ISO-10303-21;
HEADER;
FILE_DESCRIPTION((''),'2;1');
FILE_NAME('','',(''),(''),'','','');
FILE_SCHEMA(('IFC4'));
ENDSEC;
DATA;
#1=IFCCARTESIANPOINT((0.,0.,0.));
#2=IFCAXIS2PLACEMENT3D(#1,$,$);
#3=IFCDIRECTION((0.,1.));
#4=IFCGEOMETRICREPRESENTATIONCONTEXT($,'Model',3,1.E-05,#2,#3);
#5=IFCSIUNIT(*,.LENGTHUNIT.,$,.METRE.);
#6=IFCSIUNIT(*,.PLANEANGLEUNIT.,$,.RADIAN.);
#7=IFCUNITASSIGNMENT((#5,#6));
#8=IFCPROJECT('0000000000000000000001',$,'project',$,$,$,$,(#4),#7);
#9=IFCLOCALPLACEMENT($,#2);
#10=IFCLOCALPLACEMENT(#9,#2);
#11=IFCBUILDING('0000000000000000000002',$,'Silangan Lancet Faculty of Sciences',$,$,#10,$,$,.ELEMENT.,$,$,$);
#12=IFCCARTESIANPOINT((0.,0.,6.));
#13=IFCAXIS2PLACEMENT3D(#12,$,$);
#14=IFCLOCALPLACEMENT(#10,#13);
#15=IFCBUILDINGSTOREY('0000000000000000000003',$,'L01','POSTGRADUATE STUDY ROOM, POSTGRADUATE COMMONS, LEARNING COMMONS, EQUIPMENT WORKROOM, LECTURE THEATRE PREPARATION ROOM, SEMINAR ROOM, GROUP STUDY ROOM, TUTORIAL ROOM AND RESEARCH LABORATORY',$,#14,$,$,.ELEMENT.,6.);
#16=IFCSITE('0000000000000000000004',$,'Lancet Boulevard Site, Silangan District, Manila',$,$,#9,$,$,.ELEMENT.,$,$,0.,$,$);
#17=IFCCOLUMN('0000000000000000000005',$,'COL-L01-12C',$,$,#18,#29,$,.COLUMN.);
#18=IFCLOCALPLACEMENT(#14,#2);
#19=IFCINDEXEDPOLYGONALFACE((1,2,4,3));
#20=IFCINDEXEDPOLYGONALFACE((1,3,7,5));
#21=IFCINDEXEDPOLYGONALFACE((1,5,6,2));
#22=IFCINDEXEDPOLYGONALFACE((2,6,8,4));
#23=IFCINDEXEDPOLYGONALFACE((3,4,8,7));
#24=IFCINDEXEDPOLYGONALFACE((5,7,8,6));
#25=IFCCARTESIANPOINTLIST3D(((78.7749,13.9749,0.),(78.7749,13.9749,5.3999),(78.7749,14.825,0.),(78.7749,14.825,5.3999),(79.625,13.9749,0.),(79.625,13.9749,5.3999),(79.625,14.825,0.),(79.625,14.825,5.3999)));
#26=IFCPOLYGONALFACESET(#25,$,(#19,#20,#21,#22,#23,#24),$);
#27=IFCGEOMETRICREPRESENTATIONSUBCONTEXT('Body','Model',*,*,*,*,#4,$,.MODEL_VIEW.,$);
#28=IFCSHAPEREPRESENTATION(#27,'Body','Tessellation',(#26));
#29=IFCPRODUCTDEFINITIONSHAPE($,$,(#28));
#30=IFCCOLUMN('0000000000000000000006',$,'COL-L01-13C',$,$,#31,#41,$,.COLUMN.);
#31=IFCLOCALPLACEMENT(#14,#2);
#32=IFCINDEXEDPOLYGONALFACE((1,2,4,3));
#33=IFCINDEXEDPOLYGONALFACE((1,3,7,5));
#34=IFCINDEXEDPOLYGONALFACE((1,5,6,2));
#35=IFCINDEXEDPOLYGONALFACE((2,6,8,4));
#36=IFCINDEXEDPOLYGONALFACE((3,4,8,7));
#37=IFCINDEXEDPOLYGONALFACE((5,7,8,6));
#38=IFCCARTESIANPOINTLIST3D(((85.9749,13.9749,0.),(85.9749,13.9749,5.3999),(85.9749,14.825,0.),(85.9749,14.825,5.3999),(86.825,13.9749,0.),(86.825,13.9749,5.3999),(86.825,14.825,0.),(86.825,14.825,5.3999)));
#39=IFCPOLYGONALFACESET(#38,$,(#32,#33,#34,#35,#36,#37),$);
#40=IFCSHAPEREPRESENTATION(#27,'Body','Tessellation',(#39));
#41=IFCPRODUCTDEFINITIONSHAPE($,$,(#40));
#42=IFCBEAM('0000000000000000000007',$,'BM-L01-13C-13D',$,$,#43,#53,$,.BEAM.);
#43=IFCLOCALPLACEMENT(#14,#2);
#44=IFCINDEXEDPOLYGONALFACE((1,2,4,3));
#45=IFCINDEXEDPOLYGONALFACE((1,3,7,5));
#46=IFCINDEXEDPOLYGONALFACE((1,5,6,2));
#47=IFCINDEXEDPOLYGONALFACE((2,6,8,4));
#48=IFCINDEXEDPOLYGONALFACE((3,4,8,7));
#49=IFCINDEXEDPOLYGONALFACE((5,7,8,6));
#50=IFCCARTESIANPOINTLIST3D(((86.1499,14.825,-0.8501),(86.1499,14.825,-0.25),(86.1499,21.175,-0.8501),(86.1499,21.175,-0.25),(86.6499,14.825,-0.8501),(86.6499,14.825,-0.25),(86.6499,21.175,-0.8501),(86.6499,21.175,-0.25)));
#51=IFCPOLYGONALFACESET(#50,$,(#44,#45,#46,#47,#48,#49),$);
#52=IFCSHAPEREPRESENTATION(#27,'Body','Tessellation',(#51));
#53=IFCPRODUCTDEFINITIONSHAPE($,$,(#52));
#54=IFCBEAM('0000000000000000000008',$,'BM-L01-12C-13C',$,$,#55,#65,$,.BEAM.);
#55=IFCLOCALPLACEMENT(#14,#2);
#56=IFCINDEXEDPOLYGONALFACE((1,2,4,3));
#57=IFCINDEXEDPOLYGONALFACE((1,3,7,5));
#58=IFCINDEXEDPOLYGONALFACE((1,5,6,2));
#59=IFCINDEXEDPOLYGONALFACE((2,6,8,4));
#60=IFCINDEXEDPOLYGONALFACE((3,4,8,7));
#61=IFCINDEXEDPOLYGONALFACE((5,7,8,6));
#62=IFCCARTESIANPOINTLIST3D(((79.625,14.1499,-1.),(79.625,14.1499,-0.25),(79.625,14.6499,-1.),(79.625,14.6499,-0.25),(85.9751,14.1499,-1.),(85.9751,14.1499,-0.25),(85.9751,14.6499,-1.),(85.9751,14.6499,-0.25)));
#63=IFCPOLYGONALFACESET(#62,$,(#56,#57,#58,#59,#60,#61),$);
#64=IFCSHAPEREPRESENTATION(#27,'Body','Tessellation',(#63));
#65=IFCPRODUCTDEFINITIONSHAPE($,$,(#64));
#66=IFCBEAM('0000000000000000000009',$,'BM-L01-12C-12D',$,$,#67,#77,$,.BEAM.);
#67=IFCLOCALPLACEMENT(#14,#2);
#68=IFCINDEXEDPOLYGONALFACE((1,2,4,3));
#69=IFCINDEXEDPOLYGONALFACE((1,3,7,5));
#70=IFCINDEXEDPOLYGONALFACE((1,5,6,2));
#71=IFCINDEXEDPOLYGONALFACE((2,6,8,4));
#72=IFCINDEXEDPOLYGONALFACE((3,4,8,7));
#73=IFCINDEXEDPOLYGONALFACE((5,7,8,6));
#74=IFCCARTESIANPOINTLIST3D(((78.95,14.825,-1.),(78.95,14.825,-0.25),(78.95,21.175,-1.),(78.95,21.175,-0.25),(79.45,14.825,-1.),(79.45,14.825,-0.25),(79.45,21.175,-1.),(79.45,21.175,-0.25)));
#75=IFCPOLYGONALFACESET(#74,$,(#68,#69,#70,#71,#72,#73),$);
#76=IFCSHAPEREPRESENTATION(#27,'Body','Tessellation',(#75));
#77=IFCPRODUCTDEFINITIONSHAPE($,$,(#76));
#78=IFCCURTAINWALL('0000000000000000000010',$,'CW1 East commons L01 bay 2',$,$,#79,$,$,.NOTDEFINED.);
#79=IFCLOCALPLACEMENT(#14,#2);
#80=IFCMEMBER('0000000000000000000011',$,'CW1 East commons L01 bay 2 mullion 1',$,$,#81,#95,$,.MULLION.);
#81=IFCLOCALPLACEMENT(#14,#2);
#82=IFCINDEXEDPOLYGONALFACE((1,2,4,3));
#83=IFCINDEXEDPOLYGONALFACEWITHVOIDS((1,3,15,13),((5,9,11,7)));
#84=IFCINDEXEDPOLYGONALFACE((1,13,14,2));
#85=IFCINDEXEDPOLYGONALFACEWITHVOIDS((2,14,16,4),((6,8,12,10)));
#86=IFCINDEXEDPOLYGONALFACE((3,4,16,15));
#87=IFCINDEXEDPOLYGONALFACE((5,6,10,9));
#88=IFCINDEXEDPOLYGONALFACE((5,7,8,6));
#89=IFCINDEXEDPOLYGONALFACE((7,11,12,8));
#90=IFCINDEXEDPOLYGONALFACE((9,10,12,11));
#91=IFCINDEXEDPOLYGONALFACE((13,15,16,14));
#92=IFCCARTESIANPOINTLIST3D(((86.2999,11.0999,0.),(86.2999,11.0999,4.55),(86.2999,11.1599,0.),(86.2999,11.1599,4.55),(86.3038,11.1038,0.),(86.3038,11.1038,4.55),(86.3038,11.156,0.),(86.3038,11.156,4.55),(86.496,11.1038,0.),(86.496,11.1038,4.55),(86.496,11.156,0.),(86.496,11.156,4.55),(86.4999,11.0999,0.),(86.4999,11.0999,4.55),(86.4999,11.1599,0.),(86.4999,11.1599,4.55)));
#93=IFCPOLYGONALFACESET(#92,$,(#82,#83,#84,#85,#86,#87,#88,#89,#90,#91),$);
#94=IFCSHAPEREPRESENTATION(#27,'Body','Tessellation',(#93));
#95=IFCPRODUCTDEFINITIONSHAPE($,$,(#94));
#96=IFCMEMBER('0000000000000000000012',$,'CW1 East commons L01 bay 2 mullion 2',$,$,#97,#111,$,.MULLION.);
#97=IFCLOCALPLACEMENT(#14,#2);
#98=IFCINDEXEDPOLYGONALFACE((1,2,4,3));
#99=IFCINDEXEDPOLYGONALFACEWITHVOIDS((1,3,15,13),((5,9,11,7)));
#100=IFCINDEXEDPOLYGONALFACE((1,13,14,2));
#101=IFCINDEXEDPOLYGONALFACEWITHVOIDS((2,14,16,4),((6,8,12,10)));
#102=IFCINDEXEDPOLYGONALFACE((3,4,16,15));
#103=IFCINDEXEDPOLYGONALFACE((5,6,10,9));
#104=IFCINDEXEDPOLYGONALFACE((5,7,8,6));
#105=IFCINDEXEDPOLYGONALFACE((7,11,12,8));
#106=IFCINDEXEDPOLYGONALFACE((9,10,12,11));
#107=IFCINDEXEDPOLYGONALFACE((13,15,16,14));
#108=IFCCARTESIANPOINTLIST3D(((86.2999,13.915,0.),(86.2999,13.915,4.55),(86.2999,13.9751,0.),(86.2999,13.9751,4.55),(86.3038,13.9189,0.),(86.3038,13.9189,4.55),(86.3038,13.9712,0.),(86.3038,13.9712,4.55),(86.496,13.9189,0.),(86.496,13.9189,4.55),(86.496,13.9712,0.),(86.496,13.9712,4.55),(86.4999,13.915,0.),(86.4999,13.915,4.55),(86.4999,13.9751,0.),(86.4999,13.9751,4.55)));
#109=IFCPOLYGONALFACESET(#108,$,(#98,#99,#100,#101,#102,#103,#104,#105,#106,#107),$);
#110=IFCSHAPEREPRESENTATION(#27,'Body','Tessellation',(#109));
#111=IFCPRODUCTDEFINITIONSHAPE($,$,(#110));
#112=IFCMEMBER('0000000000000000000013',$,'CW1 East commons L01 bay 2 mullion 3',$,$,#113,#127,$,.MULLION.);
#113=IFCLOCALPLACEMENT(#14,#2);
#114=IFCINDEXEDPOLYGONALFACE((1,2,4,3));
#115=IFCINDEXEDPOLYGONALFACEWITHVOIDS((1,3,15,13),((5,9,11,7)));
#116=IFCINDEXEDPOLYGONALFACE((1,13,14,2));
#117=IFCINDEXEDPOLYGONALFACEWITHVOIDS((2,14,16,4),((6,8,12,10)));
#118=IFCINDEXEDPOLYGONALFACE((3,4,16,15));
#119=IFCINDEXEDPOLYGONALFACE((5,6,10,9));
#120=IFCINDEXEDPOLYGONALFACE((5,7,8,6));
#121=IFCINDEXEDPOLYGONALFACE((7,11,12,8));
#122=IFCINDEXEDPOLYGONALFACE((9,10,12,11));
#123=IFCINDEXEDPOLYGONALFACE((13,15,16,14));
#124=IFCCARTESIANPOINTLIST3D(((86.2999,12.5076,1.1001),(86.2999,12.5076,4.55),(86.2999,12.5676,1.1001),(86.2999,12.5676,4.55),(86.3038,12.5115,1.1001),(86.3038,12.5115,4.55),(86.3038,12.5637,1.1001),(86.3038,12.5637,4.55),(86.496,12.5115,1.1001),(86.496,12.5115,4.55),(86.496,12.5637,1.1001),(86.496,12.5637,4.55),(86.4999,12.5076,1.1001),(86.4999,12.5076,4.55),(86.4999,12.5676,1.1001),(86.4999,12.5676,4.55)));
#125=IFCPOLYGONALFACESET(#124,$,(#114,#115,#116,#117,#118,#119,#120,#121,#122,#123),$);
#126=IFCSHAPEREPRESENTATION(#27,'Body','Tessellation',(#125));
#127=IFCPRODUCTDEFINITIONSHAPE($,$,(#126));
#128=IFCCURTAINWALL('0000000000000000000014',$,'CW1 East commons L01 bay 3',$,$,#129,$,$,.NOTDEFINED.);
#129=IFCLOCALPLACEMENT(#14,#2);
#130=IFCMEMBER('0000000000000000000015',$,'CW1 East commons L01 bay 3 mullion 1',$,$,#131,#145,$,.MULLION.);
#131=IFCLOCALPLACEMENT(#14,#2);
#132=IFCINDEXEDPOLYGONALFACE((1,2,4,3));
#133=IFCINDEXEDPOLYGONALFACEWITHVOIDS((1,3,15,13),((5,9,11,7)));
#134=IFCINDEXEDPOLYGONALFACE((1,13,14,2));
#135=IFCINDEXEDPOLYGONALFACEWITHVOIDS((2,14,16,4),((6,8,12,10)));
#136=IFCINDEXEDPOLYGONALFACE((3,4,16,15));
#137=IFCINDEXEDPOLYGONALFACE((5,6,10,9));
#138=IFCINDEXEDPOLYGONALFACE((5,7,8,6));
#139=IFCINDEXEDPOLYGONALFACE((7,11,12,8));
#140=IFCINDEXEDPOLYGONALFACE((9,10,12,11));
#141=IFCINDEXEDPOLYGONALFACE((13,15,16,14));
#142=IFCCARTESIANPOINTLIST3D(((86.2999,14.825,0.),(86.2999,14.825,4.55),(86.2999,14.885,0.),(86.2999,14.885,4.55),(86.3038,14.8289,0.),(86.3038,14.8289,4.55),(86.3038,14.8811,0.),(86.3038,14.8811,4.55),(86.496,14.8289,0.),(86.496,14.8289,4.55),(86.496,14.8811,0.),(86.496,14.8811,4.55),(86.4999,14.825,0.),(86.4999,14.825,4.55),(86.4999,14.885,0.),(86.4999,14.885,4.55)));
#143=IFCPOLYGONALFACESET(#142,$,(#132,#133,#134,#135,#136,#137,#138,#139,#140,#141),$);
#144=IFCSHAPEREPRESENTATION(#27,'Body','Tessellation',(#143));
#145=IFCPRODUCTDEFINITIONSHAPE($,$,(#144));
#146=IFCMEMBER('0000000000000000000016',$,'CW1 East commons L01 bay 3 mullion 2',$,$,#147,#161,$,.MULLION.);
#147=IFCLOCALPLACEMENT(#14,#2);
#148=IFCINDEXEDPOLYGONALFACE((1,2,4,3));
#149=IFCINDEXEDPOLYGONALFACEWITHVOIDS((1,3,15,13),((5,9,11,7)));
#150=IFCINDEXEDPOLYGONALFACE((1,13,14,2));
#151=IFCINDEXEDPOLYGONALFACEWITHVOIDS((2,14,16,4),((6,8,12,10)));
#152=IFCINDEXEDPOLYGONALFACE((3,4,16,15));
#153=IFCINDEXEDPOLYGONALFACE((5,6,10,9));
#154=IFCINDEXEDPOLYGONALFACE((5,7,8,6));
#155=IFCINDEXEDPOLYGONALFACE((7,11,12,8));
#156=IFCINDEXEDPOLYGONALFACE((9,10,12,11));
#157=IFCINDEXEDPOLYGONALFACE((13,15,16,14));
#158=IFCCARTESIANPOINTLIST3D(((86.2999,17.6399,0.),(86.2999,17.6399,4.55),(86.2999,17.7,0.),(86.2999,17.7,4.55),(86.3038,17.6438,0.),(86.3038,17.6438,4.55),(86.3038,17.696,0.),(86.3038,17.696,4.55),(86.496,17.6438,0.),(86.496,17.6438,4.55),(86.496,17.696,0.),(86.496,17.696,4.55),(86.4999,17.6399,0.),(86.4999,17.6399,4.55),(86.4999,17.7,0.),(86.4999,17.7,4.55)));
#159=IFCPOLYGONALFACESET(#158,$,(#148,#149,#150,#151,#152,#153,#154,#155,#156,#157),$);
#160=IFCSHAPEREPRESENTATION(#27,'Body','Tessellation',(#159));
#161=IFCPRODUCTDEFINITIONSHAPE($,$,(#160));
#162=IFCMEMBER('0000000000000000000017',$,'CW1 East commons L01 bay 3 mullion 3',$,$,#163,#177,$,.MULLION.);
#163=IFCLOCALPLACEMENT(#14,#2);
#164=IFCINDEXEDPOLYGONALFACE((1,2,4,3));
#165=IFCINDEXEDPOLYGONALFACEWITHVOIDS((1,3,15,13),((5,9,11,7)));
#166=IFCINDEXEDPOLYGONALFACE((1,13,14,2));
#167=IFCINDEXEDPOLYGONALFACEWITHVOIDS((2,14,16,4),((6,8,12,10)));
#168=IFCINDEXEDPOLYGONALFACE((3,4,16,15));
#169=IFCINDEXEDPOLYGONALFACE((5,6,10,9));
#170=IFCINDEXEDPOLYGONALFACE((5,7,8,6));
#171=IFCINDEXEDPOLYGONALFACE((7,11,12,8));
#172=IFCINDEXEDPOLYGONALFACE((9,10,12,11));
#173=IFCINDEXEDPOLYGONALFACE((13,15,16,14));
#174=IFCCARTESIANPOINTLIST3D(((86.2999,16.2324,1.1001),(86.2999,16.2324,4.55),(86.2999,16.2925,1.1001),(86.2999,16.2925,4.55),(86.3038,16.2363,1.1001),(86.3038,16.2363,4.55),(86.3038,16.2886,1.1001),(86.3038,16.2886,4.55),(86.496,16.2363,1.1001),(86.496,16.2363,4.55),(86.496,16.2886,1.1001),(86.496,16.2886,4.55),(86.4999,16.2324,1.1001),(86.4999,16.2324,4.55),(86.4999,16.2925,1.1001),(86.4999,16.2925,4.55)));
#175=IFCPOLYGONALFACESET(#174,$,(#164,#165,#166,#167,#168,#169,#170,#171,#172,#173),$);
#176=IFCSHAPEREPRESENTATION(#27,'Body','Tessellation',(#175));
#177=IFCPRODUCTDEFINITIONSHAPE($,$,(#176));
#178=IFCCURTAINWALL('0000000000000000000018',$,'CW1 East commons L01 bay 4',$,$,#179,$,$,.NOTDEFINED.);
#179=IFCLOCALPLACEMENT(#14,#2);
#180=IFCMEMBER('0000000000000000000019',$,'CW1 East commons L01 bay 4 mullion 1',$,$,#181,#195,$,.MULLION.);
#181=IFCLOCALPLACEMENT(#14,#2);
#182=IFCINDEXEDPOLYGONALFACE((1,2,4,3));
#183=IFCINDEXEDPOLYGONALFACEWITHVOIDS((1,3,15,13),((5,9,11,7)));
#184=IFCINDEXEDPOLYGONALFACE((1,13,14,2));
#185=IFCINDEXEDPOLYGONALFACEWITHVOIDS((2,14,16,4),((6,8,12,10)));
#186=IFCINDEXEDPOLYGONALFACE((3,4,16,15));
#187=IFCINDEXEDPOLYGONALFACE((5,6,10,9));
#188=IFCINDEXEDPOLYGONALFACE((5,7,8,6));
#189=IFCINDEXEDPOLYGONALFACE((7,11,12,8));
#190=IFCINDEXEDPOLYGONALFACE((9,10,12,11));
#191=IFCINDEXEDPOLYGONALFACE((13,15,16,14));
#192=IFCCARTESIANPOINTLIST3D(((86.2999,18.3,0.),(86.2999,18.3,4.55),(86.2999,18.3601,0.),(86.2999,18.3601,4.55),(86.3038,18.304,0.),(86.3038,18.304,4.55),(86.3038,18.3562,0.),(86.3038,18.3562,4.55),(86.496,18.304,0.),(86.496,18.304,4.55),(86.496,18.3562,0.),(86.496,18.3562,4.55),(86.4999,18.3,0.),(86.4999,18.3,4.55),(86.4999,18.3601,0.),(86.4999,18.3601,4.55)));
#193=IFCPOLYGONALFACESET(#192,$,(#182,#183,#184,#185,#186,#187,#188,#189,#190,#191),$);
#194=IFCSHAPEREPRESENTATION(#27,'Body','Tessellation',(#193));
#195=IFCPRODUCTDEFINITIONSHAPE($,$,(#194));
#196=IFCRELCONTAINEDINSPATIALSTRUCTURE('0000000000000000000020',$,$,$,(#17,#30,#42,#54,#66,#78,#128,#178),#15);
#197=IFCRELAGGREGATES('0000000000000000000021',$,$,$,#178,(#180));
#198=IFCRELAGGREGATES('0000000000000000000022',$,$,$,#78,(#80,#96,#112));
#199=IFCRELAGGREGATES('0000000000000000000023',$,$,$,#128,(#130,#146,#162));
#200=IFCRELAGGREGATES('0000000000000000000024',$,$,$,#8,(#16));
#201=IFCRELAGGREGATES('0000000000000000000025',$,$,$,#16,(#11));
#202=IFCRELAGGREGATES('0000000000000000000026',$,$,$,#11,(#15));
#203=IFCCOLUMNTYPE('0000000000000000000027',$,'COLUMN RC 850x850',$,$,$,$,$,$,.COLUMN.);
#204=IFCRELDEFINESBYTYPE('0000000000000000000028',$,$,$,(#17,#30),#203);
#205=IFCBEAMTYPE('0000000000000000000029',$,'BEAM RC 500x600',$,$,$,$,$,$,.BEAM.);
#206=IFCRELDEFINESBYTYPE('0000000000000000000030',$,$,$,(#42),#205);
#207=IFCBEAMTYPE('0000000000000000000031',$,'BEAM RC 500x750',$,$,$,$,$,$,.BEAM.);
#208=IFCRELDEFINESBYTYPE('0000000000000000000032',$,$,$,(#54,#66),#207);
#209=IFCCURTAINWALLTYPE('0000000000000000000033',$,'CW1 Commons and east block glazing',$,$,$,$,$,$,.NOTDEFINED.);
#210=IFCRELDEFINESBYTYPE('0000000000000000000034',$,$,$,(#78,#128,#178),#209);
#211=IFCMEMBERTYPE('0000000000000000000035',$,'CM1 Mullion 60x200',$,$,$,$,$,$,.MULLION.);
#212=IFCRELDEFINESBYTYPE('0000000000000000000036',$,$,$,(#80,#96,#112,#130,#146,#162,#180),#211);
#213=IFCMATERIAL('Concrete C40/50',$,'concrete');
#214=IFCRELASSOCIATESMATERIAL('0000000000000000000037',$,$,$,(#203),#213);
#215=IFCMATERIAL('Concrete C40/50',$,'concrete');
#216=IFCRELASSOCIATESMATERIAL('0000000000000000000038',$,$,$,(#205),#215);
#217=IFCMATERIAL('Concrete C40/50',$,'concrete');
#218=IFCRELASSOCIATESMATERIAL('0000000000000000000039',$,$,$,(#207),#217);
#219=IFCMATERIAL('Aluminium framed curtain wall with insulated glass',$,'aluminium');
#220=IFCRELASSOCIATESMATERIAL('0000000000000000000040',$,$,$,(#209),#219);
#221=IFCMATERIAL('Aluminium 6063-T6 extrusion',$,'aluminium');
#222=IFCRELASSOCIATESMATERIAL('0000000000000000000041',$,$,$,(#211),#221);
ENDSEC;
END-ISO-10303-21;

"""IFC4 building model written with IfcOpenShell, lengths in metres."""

from ifc_helpers import new_model, si_unit, direction, frame, origin, origin_2d, place, context, subcontext, project, spatial, rectangle, hollow_rectangle, extrude, material, material_profile, profile_set, type_object, element, aggregate, save


model = new_model("IFC4")

# Units and contexts
model_context = context("Model", 3, precision=1e-05, world=origin(), true_north=direction((0.0, 1.0)))
body_context = subcontext(model_context, "Body", "Model", "MODEL_VIEW")
ifc_project = project(units=[si_unit("LENGTHUNIT", "METRE"), si_unit("PLANEANGLEUNIT", "RADIAN")], contexts=[model_context])

# Site, building, storey
site_placement = place(None, origin())
site = spatial("IfcSite", under=ifc_project, at=site_placement, Name="Lancet Boulevard Site, Silangan District, Manila", CompositionType="ELEMENT", RefElevation=0.0)
building_placement = place(site_placement, origin())
building = spatial("IfcBuilding", under=site, at=building_placement, Name="Silangan Lancet Faculty of Sciences", CompositionType="ELEMENT")
storey_placement = place(building_placement, frame((0.0, 0.0, 6.0)))
storey = spatial("IfcBuildingStorey", under=building, at=storey_placement, Name="L01", Description="POSTGRADUATE STUDY ROOM, POSTGRADUATE COMMONS, LEARNING COMMONS, EQUIPMENT WORKROOM, LECTURE THEATRE PREPARATION ROOM, SEMINAR ROOM, GROUP STUDY ROOM, TUTORIAL ROOM AND RESEARCH LABORATORY", CompositionType="ELEMENT", Elevation=6.0)

# Columns
ifc_material_1 = material(Name="Concrete C40/50", Category="concrete")
ifc_material_profile_1 = material_profile(ifc_material_1, rectangle(XDim=0.8501, YDim=0.8501, at=origin_2d()), Name="RC 850x850")
ifc_profile_set_1 = profile_set([ifc_material_profile_1], Name="Concrete C40/50")
column_type = type_object("IfcColumnType", Name="COLUMN RC 850x850", PredefinedType="COLUMN", material=ifc_profile_set_1)
for number, where, z_axis, x_axis, name in (
    (1, (79.2, 14.3999, 0.0), (0.0, 0.0, 1.0), (1.0, 0.0, 0.0), "COL-L01-12C"),
    (2, (86.3999, 14.3999, 0.0), (0.0, 0.0, 1.0), (1.0, 0.0, 0.0), "COL-L01-13C"),
):
    element("IfcColumn", number, at=place(storey_placement, frame(where, z_axis=z_axis, x_axis=x_axis)), inside=storey, type_object=column_type, Name=name, PredefinedType="COLUMN", context=body_context, shape_type="SweptSolid", body=[
        extrude(rectangle(XDim=0.8501, YDim=0.8501, at=origin_2d()), origin(), (0.0, 0.0, 1.0), 5.3999),
    ])

# Beams
ifc_material_2 = material(Name="Concrete C40/50", Category="concrete")
ifc_material_profile_2 = material_profile(ifc_material_2, rectangle(XDim=0.5, YDim=0.6001, at=origin_2d()), Name="RC 500x600")
ifc_profile_set_2 = profile_set([ifc_material_profile_2], Name="Concrete C40/50")
beam_type_1 = type_object("IfcBeamType", Name="BEAM RC 500x600", PredefinedType="BEAM", material=ifc_profile_set_2)
beam_placement = place(storey_placement, frame((86.3999, 14.825, -0.55), z_axis=(0.0, 1.0, 0.0), x_axis=(-1.0, 0.0, 0.0)))
element("IfcBeam", 3, at=beam_placement, inside=storey, type_object=beam_type_1, Name="BM-L01-13C-13D", PredefinedType="BEAM", context=body_context, shape_type="SweptSolid", body=[
    extrude(rectangle(XDim=0.5, YDim=0.6001, at=origin_2d()), origin(), (0.0, 0.0, 1.0), 6.3501),
])
ifc_material_3 = material(Name="Concrete C40/50", Category="concrete")
ifc_material_profile_3 = material_profile(ifc_material_3, rectangle(XDim=0.5, YDim=0.75, at=origin_2d()), Name="RC 500x750")
ifc_profile_set_3 = profile_set([ifc_material_profile_3], Name="Concrete C40/50")
beam_type_2 = type_object("IfcBeamType", Name="BEAM RC 500x750", PredefinedType="BEAM", material=ifc_profile_set_3)
for number, where, z_axis, x_axis, name in (
    (4, (79.625, 14.3999, -0.625), (1.0, 0.0, 0.0), (0.0, 1.0, 0.0), "BM-L01-12C-13C"),
    (5, (79.2, 14.825, -0.625), (0.0, 1.0, 0.0), (-1.0, 0.0, 0.0), "BM-L01-12C-12D"),
):
    element("IfcBeam", number, at=place(storey_placement, frame(where, z_axis=z_axis, x_axis=x_axis)), inside=storey, type_object=beam_type_2, Name=name, PredefinedType="BEAM", context=body_context, shape_type="SweptSolid", body=[
        extrude(rectangle(XDim=0.5, YDim=0.75, at=origin_2d()), origin(), (0.0, 0.0, 1.0), 6.3501),
    ])

# Curtain walls, members
ifc_material_4 = material(Name="Aluminium framed curtain wall with insulated glass", Category="aluminium")
curtain_wall_type = type_object("IfcCurtainWallType", Name="CW1 Commons and east block glazing", PredefinedType="NOTDEFINED", material=ifc_material_4)
curtain_wall_1_placement = place(storey_placement, origin())
curtain_wall_1 = element("IfcCurtainWall", 6, at=curtain_wall_1_placement, inside=storey, type_object=curtain_wall_type, Name="CW1 East commons L01 bay 2", PredefinedType="NOTDEFINED")
ifc_material_5 = material(Name="Aluminium 6063-T6 extrusion", Category="aluminium")
ifc_material_profile_4 = material_profile(ifc_material_5, hollow_rectangle(XDim=0.0601, YDim=0.2, WallThickness=0.0039, at=origin_2d()), Name="AL BOX 60x200x4")
ifc_profile_set_4 = profile_set([ifc_material_profile_4], Name="Aluminium 6063-T6 extrusion")
member_type_1 = type_object("IfcMemberType", Name="CM1 Mullion 60x200", PredefinedType="MULLION", material=ifc_profile_set_4)
member_1_placement = place(storey_placement, frame((86.3999, 11.1299, 0.0), z_axis=(0.0, 0.0, 1.0), x_axis=(0.0, 1.0, 0.0)))
member_1 = element("IfcMember", 7, at=member_1_placement, type_object=member_type_1, Name="CW1 East commons L01 bay 2 mullion 1", PredefinedType="MULLION", context=body_context, shape_type="SweptSolid", body=[
    extrude(hollow_rectangle(XDim=0.0601, YDim=0.2, WallThickness=0.0039, at=origin_2d()), origin(), (0.0, 0.0, 1.0), 4.55),
])
member_2_placement = place(storey_placement, frame((86.3999, 13.9451, 0.0), z_axis=(0.0, 0.0, 1.0), x_axis=(0.0, 1.0, 0.0)))
member_2 = element("IfcMember", 8, at=member_2_placement, type_object=member_type_1, Name="CW1 East commons L01 bay 2 mullion 2", PredefinedType="MULLION", context=body_context, shape_type="SweptSolid", body=[
    extrude(hollow_rectangle(XDim=0.0601, YDim=0.2, WallThickness=0.0039, at=origin_2d()), origin(), (0.0, 0.0, 1.0), 4.55),
])
member_3_placement = place(storey_placement, frame((86.3999, 12.5376, 1.1001), z_axis=(0.0, 0.0, 1.0), x_axis=(0.0, 1.0, 0.0)))
member_3 = element("IfcMember", 9, at=member_3_placement, type_object=member_type_1, Name="CW1 East commons L01 bay 2 mullion 3", PredefinedType="MULLION", context=body_context, shape_type="SweptSolid", body=[
    extrude(hollow_rectangle(XDim=0.0601, YDim=0.2, WallThickness=0.0039, at=origin_2d()), origin(), (0.0, 0.0, 1.0), 3.45),
])
curtain_wall_2_placement = place(storey_placement, origin())
curtain_wall_2 = element("IfcCurtainWall", 10, at=curtain_wall_2_placement, inside=storey, type_object=curtain_wall_type, Name="CW1 East commons L01 bay 3", PredefinedType="NOTDEFINED")
member_4_placement = place(storey_placement, frame((86.3999, 14.855, 0.0), z_axis=(0.0, 0.0, 1.0), x_axis=(0.0, 1.0, 0.0)))
member_4 = element("IfcMember", 11, at=member_4_placement, type_object=member_type_1, Name="CW1 East commons L01 bay 3 mullion 1", PredefinedType="MULLION", context=body_context, shape_type="SweptSolid", body=[
    extrude(hollow_rectangle(XDim=0.0601, YDim=0.2, WallThickness=0.0039, at=origin_2d()), origin(), (0.0, 0.0, 1.0), 4.55),
])
member_5_placement = place(storey_placement, frame((86.3999, 17.6699, 0.0), z_axis=(0.0, 0.0, 1.0), x_axis=(0.0, 1.0, 0.0)))
member_5 = element("IfcMember", 12, at=member_5_placement, type_object=member_type_1, Name="CW1 East commons L01 bay 3 mullion 2", PredefinedType="MULLION", context=body_context, shape_type="SweptSolid", body=[
    extrude(hollow_rectangle(XDim=0.0601, YDim=0.2, WallThickness=0.0039, at=origin_2d()), origin(), (0.0, 0.0, 1.0), 4.55),
])
member_6_placement = place(storey_placement, frame((86.3999, 16.2625, 1.1001), z_axis=(0.0, 0.0, 1.0), x_axis=(0.0, 1.0, 0.0)))
member_6 = element("IfcMember", 13, at=member_6_placement, type_object=member_type_1, Name="CW1 East commons L01 bay 3 mullion 3", PredefinedType="MULLION", context=body_context, shape_type="SweptSolid", body=[
    extrude(hollow_rectangle(XDim=0.0601, YDim=0.2, WallThickness=0.0039, at=origin_2d()), origin(), (0.0, 0.0, 1.0), 3.45),
])

# Curtain wall, member
curtain_wall_3_placement = place(storey_placement, origin())
curtain_wall_3 = element("IfcCurtainWall", 14, at=curtain_wall_3_placement, inside=storey, type_object=curtain_wall_type, Name="CW1 East commons L01 bay 4", PredefinedType="NOTDEFINED")
member_7_placement = place(storey_placement, frame((86.3999, 18.3301, 0.0), z_axis=(0.0, 0.0, 1.0), x_axis=(0.0, 1.0, 0.0)))
member_7 = element("IfcMember", 15, at=member_7_placement, type_object=member_type_1, Name="CW1 East commons L01 bay 4 mullion 1", PredefinedType="MULLION", context=body_context, shape_type="SweptSolid", body=[
    extrude(hollow_rectangle(XDim=0.0601, YDim=0.2, WallThickness=0.0039, at=origin_2d()), origin(), (0.0, 0.0, 1.0), 4.55),
])

aggregate(curtain_wall_3, [member_7])
aggregate(curtain_wall_1, [member_1, member_2, member_3])
aggregate(curtain_wall_2, [member_4, member_5, member_6])

save(model, "model.ifc")
